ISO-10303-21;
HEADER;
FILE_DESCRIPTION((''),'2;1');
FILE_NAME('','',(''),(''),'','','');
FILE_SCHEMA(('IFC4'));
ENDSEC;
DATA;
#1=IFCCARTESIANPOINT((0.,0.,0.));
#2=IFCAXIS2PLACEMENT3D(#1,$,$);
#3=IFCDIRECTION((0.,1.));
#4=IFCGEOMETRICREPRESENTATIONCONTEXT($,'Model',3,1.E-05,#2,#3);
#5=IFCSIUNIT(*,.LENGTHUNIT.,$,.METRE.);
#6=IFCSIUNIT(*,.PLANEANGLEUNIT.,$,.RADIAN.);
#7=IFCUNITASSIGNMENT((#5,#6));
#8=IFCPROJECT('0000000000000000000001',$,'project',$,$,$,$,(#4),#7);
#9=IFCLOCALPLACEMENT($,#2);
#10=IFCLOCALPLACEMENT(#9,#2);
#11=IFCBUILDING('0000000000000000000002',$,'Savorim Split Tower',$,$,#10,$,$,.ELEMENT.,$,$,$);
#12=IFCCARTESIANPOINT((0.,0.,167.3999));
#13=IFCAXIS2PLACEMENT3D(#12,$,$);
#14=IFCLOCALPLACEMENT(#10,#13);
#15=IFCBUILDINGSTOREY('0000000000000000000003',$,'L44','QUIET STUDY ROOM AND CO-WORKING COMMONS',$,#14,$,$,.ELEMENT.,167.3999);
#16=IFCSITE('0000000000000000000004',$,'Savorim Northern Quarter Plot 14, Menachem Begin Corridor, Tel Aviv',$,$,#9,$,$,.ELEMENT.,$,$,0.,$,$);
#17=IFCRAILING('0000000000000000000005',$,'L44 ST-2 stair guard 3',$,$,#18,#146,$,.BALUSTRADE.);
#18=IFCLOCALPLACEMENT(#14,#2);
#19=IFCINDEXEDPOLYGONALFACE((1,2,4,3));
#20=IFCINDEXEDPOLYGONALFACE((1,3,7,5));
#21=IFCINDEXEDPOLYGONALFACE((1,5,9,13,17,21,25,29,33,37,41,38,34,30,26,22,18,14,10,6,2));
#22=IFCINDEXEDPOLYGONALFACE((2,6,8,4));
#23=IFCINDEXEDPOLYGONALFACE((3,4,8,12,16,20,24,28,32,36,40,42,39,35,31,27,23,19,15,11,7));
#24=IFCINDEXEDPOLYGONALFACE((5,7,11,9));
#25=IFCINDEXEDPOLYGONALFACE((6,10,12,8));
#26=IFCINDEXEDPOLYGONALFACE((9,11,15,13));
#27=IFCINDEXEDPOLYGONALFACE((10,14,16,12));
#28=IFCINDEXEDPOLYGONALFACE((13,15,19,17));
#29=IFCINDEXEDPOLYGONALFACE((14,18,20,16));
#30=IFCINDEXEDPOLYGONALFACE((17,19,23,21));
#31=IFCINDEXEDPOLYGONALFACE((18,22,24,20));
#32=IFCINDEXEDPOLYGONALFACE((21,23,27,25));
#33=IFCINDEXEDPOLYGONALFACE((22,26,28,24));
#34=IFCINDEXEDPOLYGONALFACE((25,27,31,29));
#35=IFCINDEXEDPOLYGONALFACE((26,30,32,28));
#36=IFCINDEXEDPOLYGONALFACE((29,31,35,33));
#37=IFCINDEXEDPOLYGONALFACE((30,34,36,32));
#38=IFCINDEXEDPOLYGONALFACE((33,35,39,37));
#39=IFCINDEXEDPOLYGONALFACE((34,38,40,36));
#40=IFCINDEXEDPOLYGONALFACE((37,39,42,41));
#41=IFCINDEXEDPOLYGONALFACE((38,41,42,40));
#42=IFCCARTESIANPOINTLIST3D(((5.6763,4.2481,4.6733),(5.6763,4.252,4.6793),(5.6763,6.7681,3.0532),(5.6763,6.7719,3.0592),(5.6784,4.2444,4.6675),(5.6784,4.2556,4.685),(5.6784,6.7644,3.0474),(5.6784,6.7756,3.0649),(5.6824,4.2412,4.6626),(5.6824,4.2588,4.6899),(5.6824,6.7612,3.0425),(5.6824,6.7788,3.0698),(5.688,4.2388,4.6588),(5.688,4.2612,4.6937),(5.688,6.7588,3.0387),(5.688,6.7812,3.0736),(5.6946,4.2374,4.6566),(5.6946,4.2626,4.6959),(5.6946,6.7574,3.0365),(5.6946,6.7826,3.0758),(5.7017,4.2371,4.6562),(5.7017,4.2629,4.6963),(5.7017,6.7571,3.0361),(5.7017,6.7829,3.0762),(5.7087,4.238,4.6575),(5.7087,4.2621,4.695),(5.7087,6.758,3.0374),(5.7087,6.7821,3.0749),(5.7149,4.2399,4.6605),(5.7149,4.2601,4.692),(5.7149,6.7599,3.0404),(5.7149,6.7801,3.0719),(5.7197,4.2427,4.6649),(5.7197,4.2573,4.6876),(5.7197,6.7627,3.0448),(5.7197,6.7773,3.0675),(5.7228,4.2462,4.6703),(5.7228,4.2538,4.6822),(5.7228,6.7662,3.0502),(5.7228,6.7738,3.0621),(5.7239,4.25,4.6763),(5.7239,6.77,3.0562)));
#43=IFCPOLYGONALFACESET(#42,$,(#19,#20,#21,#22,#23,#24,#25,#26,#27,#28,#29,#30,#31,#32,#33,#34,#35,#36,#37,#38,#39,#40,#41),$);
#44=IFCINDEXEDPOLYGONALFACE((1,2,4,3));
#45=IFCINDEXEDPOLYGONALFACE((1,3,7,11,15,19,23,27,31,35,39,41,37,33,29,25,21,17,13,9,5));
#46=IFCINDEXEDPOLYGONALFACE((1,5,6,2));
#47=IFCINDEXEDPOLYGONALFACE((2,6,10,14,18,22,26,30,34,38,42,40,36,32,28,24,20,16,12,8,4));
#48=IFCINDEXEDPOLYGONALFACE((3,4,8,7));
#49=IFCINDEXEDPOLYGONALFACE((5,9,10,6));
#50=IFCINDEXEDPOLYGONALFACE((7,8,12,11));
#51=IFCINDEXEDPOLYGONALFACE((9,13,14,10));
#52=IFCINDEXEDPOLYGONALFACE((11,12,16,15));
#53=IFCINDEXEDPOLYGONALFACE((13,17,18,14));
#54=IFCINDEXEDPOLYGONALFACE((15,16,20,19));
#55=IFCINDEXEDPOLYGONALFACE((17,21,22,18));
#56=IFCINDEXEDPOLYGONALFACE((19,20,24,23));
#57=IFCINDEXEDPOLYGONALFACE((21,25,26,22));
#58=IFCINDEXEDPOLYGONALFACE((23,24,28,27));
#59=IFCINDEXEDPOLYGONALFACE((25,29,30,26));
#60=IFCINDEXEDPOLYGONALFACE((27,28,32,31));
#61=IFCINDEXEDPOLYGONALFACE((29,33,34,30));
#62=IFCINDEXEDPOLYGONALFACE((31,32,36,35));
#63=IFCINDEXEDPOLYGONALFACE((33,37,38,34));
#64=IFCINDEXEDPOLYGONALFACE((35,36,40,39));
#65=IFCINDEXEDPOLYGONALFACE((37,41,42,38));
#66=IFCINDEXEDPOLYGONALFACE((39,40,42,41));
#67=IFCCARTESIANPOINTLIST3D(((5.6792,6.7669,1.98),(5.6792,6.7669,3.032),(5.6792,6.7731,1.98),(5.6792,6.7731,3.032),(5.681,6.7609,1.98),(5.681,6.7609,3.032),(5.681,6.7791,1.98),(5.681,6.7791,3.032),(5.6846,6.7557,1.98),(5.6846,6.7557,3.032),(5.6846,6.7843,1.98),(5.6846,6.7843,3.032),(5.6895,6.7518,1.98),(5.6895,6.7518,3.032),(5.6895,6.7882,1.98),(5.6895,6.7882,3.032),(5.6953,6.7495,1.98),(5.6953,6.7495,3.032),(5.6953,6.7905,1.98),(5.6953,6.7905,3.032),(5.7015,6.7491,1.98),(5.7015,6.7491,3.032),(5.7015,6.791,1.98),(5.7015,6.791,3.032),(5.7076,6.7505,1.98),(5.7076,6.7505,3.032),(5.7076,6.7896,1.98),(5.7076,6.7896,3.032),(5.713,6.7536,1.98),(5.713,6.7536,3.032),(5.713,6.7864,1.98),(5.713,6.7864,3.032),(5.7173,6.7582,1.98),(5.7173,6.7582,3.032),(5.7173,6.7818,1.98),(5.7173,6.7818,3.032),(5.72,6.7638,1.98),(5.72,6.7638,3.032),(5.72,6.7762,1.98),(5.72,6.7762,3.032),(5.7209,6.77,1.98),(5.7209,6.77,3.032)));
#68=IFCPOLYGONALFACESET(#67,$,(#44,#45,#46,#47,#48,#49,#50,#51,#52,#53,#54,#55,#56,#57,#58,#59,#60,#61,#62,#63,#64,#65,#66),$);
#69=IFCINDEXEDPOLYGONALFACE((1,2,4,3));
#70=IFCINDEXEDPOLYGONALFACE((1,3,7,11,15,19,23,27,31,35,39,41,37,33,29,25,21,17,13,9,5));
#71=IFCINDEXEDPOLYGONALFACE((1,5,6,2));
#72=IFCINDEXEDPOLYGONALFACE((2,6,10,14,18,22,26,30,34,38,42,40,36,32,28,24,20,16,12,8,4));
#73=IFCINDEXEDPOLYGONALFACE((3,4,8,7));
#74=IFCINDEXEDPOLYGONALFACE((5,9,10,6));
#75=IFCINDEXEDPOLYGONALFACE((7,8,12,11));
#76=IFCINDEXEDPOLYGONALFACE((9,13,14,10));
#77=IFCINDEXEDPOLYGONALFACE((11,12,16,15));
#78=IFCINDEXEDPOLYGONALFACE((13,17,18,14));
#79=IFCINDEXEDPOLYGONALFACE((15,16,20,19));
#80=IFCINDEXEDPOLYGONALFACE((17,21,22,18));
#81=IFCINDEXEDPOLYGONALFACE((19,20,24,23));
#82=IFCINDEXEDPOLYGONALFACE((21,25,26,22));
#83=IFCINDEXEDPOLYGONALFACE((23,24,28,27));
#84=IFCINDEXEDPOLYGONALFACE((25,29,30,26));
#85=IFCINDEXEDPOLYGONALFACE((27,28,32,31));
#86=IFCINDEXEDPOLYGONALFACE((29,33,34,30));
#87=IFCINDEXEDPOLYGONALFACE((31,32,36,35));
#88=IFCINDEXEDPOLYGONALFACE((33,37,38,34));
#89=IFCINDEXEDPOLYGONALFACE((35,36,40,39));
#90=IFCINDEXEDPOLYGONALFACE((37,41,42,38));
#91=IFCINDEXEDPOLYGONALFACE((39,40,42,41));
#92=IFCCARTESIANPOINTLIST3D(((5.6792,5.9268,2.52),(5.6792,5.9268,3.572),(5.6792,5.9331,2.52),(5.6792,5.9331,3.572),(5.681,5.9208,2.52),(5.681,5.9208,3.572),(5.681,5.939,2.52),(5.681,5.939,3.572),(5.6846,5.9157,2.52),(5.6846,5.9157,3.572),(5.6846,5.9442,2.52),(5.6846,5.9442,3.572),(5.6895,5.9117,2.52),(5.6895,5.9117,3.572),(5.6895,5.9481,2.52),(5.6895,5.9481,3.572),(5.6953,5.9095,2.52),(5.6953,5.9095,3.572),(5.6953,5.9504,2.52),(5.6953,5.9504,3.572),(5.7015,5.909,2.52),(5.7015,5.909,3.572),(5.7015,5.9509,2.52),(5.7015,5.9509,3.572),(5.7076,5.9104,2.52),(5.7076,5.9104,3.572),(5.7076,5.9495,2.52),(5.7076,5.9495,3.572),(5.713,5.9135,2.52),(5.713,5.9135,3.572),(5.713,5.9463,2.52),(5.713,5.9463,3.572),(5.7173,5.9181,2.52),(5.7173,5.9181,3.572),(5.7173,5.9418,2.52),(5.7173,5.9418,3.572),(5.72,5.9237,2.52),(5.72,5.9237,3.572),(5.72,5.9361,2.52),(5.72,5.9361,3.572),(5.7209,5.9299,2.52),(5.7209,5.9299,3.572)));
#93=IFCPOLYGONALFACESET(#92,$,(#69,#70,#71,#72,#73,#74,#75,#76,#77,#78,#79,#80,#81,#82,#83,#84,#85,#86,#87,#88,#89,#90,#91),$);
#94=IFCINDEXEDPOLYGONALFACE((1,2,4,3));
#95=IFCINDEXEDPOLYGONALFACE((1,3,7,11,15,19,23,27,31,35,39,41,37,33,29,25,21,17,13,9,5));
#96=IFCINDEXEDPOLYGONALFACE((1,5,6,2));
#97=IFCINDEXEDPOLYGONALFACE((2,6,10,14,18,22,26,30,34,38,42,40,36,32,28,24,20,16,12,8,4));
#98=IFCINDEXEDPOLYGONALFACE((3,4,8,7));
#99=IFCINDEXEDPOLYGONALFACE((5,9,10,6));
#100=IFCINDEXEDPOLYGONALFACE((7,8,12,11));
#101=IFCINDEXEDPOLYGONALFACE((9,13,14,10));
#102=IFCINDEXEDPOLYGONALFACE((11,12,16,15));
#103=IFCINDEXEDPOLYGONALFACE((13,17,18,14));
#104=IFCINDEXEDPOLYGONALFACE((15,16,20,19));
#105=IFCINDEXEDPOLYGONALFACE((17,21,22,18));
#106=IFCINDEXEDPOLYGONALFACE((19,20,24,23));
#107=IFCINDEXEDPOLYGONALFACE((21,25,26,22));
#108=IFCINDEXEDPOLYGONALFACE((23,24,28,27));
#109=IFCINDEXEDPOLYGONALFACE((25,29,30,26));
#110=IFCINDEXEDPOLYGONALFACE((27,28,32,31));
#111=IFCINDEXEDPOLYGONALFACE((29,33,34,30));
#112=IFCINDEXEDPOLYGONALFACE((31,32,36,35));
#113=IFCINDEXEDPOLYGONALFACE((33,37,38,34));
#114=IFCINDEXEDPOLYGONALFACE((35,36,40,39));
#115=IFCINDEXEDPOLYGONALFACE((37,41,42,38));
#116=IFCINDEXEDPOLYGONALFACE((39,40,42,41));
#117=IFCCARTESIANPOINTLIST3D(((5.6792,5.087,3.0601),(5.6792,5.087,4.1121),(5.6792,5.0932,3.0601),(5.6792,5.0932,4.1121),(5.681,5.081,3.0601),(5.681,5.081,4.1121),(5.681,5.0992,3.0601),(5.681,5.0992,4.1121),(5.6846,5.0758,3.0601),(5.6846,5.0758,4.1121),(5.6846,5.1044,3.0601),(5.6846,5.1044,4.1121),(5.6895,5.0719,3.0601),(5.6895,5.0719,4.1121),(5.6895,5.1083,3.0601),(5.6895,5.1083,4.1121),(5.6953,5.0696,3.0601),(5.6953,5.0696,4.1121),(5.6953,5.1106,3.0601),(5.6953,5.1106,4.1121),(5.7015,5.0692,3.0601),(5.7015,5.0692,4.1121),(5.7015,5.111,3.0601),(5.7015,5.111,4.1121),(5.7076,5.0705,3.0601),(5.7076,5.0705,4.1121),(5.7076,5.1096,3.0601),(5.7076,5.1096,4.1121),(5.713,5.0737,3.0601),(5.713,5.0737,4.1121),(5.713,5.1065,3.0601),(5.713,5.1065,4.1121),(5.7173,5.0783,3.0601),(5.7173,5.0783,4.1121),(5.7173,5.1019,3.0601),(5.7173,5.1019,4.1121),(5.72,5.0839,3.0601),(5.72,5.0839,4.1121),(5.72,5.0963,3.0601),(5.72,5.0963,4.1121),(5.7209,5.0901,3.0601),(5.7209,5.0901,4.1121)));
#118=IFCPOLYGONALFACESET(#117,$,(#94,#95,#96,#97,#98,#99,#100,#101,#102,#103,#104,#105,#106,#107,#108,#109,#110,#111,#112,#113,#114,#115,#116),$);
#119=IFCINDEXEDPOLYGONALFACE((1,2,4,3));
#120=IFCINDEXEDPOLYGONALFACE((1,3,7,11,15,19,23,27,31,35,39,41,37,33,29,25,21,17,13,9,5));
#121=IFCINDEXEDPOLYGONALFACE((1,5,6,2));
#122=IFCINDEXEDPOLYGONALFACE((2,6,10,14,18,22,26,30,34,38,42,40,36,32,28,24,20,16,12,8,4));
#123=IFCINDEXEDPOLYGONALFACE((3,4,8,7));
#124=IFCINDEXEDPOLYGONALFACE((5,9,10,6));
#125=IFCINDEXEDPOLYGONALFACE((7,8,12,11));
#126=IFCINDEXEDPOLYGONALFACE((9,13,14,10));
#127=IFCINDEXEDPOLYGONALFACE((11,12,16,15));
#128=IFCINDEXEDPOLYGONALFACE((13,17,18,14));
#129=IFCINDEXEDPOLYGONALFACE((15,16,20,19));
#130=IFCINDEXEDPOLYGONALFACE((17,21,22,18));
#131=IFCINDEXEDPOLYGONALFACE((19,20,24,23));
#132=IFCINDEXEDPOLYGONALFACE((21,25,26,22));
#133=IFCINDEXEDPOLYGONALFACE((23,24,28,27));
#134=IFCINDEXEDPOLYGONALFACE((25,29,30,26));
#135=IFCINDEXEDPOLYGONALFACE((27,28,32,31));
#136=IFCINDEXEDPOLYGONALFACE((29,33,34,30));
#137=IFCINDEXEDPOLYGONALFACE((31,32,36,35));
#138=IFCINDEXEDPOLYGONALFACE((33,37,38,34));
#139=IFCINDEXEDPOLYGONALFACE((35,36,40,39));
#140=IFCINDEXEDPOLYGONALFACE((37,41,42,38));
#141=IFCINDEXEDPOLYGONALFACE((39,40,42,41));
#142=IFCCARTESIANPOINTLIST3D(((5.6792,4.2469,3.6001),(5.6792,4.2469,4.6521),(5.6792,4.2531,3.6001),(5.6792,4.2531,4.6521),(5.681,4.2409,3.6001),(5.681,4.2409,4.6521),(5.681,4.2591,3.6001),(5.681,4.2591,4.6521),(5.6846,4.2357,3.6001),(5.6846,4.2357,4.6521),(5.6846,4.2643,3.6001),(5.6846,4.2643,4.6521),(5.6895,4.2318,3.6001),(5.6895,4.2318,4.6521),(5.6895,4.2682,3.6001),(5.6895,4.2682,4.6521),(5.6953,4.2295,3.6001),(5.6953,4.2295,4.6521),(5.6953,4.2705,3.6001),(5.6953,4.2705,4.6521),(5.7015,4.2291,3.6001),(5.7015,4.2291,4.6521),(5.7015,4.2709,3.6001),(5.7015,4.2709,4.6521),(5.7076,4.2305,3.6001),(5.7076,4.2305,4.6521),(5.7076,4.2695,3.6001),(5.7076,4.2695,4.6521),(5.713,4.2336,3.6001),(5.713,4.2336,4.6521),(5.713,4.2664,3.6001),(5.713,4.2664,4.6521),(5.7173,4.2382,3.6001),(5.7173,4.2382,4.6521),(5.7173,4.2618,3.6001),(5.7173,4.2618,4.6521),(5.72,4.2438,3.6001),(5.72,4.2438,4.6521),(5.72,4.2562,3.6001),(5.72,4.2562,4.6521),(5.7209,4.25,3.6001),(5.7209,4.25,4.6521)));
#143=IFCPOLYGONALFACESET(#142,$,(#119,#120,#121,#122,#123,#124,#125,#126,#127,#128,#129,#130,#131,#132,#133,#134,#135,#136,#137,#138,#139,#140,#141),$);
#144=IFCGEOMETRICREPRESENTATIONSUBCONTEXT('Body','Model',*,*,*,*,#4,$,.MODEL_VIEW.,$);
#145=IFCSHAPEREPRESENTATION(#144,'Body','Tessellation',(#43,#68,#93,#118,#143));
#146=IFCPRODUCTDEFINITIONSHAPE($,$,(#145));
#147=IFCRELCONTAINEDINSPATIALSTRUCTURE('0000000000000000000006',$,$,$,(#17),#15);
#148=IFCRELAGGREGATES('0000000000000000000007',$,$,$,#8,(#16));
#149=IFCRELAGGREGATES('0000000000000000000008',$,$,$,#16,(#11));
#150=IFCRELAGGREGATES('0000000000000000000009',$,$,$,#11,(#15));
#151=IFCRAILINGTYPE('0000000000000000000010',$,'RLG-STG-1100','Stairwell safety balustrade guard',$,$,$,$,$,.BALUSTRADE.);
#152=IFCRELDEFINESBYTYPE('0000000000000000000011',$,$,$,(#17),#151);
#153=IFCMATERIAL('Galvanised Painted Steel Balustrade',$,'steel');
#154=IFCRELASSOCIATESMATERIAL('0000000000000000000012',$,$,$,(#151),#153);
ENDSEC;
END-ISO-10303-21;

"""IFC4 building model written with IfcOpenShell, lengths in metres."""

from ifc_helpers import new_model, si_unit, direction, frame, origin, origin_2d, place, context, subcontext, project, spatial, circle, extrude, material, type_object, element, save


model = new_model("IFC4")

# Units and contexts
model_context = context("Model", 3, precision=1e-05, world=origin(), true_north=direction((0.0, 1.0)))
body_context = subcontext(model_context, "Body", "Model", "MODEL_VIEW")
ifc_project = project(units=[si_unit("LENGTHUNIT", "METRE"), si_unit("PLANEANGLEUNIT", "RADIAN")], contexts=[model_context])

# Site, building, storey
site_placement = place(None, origin())
site = spatial("IfcSite", under=ifc_project, at=site_placement, Name="Savorim Northern Quarter Plot 14, Menachem Begin Corridor, Tel Aviv", CompositionType="ELEMENT", RefElevation=0.0)
building_placement = place(site_placement, origin())
building = spatial("IfcBuilding", under=site, at=building_placement, Name="Savorim Split Tower", CompositionType="ELEMENT")
storey_placement = place(building_placement, frame((0.0, 0.0, 167.3999)))
storey = spatial("IfcBuildingStorey", under=building, at=storey_placement, Name="L44", Description="QUIET STUDY ROOM AND CO-WORKING COMMONS", CompositionType="ELEMENT", Elevation=167.3999)

# Railing
ifc_material_1 = material(Name="Galvanised Painted Steel Balustrade", Category="steel")
railing_type_1 = type_object("IfcRailingType", Name="RLG-STG-1100", Description="Stairwell safety balustrade guard", PredefinedType="BALUSTRADE", material=ifc_material_1)
railing_1_placement = place(storey_placement, frame((5.7, 6.77, 1.98)))
element("IfcRailing", 1, at=railing_1_placement, inside=storey, type_object=railing_type_1, Name="L44 ST-2 stair guard 3", PredefinedType="BALUSTRADE", context=body_context, shape_type="SweptSolid", body=[
    extrude(circle(Radius=0.0239, at=origin_2d()), frame((0.0, 0.0, 1.0762), z_axis=(0.0, -0.841163, 0.540782), x_axis=(1.0, 0.0, 0.0)), (0.0, 0.0, 1.0), 2.9958),
    extrude(circle(Radius=0.021, at=origin_2d()), origin(), (0.0, 0.0, 1.0), 1.052),
    extrude(circle(Radius=0.021, at=origin_2d()), frame((0.0, -0.8401, 0.54)), (0.0, 0.0, 1.0), 1.052),
    extrude(circle(Radius=0.021, at=origin_2d()), frame((0.0, -1.6799, 1.0801)), (0.0, 0.0, 1.0), 1.052),
    extrude(circle(Radius=0.021, at=origin_2d()), frame((0.0, -2.52, 1.6201)), (0.0, 0.0, 1.0), 1.052),
])

save(model, "model.ifc")
